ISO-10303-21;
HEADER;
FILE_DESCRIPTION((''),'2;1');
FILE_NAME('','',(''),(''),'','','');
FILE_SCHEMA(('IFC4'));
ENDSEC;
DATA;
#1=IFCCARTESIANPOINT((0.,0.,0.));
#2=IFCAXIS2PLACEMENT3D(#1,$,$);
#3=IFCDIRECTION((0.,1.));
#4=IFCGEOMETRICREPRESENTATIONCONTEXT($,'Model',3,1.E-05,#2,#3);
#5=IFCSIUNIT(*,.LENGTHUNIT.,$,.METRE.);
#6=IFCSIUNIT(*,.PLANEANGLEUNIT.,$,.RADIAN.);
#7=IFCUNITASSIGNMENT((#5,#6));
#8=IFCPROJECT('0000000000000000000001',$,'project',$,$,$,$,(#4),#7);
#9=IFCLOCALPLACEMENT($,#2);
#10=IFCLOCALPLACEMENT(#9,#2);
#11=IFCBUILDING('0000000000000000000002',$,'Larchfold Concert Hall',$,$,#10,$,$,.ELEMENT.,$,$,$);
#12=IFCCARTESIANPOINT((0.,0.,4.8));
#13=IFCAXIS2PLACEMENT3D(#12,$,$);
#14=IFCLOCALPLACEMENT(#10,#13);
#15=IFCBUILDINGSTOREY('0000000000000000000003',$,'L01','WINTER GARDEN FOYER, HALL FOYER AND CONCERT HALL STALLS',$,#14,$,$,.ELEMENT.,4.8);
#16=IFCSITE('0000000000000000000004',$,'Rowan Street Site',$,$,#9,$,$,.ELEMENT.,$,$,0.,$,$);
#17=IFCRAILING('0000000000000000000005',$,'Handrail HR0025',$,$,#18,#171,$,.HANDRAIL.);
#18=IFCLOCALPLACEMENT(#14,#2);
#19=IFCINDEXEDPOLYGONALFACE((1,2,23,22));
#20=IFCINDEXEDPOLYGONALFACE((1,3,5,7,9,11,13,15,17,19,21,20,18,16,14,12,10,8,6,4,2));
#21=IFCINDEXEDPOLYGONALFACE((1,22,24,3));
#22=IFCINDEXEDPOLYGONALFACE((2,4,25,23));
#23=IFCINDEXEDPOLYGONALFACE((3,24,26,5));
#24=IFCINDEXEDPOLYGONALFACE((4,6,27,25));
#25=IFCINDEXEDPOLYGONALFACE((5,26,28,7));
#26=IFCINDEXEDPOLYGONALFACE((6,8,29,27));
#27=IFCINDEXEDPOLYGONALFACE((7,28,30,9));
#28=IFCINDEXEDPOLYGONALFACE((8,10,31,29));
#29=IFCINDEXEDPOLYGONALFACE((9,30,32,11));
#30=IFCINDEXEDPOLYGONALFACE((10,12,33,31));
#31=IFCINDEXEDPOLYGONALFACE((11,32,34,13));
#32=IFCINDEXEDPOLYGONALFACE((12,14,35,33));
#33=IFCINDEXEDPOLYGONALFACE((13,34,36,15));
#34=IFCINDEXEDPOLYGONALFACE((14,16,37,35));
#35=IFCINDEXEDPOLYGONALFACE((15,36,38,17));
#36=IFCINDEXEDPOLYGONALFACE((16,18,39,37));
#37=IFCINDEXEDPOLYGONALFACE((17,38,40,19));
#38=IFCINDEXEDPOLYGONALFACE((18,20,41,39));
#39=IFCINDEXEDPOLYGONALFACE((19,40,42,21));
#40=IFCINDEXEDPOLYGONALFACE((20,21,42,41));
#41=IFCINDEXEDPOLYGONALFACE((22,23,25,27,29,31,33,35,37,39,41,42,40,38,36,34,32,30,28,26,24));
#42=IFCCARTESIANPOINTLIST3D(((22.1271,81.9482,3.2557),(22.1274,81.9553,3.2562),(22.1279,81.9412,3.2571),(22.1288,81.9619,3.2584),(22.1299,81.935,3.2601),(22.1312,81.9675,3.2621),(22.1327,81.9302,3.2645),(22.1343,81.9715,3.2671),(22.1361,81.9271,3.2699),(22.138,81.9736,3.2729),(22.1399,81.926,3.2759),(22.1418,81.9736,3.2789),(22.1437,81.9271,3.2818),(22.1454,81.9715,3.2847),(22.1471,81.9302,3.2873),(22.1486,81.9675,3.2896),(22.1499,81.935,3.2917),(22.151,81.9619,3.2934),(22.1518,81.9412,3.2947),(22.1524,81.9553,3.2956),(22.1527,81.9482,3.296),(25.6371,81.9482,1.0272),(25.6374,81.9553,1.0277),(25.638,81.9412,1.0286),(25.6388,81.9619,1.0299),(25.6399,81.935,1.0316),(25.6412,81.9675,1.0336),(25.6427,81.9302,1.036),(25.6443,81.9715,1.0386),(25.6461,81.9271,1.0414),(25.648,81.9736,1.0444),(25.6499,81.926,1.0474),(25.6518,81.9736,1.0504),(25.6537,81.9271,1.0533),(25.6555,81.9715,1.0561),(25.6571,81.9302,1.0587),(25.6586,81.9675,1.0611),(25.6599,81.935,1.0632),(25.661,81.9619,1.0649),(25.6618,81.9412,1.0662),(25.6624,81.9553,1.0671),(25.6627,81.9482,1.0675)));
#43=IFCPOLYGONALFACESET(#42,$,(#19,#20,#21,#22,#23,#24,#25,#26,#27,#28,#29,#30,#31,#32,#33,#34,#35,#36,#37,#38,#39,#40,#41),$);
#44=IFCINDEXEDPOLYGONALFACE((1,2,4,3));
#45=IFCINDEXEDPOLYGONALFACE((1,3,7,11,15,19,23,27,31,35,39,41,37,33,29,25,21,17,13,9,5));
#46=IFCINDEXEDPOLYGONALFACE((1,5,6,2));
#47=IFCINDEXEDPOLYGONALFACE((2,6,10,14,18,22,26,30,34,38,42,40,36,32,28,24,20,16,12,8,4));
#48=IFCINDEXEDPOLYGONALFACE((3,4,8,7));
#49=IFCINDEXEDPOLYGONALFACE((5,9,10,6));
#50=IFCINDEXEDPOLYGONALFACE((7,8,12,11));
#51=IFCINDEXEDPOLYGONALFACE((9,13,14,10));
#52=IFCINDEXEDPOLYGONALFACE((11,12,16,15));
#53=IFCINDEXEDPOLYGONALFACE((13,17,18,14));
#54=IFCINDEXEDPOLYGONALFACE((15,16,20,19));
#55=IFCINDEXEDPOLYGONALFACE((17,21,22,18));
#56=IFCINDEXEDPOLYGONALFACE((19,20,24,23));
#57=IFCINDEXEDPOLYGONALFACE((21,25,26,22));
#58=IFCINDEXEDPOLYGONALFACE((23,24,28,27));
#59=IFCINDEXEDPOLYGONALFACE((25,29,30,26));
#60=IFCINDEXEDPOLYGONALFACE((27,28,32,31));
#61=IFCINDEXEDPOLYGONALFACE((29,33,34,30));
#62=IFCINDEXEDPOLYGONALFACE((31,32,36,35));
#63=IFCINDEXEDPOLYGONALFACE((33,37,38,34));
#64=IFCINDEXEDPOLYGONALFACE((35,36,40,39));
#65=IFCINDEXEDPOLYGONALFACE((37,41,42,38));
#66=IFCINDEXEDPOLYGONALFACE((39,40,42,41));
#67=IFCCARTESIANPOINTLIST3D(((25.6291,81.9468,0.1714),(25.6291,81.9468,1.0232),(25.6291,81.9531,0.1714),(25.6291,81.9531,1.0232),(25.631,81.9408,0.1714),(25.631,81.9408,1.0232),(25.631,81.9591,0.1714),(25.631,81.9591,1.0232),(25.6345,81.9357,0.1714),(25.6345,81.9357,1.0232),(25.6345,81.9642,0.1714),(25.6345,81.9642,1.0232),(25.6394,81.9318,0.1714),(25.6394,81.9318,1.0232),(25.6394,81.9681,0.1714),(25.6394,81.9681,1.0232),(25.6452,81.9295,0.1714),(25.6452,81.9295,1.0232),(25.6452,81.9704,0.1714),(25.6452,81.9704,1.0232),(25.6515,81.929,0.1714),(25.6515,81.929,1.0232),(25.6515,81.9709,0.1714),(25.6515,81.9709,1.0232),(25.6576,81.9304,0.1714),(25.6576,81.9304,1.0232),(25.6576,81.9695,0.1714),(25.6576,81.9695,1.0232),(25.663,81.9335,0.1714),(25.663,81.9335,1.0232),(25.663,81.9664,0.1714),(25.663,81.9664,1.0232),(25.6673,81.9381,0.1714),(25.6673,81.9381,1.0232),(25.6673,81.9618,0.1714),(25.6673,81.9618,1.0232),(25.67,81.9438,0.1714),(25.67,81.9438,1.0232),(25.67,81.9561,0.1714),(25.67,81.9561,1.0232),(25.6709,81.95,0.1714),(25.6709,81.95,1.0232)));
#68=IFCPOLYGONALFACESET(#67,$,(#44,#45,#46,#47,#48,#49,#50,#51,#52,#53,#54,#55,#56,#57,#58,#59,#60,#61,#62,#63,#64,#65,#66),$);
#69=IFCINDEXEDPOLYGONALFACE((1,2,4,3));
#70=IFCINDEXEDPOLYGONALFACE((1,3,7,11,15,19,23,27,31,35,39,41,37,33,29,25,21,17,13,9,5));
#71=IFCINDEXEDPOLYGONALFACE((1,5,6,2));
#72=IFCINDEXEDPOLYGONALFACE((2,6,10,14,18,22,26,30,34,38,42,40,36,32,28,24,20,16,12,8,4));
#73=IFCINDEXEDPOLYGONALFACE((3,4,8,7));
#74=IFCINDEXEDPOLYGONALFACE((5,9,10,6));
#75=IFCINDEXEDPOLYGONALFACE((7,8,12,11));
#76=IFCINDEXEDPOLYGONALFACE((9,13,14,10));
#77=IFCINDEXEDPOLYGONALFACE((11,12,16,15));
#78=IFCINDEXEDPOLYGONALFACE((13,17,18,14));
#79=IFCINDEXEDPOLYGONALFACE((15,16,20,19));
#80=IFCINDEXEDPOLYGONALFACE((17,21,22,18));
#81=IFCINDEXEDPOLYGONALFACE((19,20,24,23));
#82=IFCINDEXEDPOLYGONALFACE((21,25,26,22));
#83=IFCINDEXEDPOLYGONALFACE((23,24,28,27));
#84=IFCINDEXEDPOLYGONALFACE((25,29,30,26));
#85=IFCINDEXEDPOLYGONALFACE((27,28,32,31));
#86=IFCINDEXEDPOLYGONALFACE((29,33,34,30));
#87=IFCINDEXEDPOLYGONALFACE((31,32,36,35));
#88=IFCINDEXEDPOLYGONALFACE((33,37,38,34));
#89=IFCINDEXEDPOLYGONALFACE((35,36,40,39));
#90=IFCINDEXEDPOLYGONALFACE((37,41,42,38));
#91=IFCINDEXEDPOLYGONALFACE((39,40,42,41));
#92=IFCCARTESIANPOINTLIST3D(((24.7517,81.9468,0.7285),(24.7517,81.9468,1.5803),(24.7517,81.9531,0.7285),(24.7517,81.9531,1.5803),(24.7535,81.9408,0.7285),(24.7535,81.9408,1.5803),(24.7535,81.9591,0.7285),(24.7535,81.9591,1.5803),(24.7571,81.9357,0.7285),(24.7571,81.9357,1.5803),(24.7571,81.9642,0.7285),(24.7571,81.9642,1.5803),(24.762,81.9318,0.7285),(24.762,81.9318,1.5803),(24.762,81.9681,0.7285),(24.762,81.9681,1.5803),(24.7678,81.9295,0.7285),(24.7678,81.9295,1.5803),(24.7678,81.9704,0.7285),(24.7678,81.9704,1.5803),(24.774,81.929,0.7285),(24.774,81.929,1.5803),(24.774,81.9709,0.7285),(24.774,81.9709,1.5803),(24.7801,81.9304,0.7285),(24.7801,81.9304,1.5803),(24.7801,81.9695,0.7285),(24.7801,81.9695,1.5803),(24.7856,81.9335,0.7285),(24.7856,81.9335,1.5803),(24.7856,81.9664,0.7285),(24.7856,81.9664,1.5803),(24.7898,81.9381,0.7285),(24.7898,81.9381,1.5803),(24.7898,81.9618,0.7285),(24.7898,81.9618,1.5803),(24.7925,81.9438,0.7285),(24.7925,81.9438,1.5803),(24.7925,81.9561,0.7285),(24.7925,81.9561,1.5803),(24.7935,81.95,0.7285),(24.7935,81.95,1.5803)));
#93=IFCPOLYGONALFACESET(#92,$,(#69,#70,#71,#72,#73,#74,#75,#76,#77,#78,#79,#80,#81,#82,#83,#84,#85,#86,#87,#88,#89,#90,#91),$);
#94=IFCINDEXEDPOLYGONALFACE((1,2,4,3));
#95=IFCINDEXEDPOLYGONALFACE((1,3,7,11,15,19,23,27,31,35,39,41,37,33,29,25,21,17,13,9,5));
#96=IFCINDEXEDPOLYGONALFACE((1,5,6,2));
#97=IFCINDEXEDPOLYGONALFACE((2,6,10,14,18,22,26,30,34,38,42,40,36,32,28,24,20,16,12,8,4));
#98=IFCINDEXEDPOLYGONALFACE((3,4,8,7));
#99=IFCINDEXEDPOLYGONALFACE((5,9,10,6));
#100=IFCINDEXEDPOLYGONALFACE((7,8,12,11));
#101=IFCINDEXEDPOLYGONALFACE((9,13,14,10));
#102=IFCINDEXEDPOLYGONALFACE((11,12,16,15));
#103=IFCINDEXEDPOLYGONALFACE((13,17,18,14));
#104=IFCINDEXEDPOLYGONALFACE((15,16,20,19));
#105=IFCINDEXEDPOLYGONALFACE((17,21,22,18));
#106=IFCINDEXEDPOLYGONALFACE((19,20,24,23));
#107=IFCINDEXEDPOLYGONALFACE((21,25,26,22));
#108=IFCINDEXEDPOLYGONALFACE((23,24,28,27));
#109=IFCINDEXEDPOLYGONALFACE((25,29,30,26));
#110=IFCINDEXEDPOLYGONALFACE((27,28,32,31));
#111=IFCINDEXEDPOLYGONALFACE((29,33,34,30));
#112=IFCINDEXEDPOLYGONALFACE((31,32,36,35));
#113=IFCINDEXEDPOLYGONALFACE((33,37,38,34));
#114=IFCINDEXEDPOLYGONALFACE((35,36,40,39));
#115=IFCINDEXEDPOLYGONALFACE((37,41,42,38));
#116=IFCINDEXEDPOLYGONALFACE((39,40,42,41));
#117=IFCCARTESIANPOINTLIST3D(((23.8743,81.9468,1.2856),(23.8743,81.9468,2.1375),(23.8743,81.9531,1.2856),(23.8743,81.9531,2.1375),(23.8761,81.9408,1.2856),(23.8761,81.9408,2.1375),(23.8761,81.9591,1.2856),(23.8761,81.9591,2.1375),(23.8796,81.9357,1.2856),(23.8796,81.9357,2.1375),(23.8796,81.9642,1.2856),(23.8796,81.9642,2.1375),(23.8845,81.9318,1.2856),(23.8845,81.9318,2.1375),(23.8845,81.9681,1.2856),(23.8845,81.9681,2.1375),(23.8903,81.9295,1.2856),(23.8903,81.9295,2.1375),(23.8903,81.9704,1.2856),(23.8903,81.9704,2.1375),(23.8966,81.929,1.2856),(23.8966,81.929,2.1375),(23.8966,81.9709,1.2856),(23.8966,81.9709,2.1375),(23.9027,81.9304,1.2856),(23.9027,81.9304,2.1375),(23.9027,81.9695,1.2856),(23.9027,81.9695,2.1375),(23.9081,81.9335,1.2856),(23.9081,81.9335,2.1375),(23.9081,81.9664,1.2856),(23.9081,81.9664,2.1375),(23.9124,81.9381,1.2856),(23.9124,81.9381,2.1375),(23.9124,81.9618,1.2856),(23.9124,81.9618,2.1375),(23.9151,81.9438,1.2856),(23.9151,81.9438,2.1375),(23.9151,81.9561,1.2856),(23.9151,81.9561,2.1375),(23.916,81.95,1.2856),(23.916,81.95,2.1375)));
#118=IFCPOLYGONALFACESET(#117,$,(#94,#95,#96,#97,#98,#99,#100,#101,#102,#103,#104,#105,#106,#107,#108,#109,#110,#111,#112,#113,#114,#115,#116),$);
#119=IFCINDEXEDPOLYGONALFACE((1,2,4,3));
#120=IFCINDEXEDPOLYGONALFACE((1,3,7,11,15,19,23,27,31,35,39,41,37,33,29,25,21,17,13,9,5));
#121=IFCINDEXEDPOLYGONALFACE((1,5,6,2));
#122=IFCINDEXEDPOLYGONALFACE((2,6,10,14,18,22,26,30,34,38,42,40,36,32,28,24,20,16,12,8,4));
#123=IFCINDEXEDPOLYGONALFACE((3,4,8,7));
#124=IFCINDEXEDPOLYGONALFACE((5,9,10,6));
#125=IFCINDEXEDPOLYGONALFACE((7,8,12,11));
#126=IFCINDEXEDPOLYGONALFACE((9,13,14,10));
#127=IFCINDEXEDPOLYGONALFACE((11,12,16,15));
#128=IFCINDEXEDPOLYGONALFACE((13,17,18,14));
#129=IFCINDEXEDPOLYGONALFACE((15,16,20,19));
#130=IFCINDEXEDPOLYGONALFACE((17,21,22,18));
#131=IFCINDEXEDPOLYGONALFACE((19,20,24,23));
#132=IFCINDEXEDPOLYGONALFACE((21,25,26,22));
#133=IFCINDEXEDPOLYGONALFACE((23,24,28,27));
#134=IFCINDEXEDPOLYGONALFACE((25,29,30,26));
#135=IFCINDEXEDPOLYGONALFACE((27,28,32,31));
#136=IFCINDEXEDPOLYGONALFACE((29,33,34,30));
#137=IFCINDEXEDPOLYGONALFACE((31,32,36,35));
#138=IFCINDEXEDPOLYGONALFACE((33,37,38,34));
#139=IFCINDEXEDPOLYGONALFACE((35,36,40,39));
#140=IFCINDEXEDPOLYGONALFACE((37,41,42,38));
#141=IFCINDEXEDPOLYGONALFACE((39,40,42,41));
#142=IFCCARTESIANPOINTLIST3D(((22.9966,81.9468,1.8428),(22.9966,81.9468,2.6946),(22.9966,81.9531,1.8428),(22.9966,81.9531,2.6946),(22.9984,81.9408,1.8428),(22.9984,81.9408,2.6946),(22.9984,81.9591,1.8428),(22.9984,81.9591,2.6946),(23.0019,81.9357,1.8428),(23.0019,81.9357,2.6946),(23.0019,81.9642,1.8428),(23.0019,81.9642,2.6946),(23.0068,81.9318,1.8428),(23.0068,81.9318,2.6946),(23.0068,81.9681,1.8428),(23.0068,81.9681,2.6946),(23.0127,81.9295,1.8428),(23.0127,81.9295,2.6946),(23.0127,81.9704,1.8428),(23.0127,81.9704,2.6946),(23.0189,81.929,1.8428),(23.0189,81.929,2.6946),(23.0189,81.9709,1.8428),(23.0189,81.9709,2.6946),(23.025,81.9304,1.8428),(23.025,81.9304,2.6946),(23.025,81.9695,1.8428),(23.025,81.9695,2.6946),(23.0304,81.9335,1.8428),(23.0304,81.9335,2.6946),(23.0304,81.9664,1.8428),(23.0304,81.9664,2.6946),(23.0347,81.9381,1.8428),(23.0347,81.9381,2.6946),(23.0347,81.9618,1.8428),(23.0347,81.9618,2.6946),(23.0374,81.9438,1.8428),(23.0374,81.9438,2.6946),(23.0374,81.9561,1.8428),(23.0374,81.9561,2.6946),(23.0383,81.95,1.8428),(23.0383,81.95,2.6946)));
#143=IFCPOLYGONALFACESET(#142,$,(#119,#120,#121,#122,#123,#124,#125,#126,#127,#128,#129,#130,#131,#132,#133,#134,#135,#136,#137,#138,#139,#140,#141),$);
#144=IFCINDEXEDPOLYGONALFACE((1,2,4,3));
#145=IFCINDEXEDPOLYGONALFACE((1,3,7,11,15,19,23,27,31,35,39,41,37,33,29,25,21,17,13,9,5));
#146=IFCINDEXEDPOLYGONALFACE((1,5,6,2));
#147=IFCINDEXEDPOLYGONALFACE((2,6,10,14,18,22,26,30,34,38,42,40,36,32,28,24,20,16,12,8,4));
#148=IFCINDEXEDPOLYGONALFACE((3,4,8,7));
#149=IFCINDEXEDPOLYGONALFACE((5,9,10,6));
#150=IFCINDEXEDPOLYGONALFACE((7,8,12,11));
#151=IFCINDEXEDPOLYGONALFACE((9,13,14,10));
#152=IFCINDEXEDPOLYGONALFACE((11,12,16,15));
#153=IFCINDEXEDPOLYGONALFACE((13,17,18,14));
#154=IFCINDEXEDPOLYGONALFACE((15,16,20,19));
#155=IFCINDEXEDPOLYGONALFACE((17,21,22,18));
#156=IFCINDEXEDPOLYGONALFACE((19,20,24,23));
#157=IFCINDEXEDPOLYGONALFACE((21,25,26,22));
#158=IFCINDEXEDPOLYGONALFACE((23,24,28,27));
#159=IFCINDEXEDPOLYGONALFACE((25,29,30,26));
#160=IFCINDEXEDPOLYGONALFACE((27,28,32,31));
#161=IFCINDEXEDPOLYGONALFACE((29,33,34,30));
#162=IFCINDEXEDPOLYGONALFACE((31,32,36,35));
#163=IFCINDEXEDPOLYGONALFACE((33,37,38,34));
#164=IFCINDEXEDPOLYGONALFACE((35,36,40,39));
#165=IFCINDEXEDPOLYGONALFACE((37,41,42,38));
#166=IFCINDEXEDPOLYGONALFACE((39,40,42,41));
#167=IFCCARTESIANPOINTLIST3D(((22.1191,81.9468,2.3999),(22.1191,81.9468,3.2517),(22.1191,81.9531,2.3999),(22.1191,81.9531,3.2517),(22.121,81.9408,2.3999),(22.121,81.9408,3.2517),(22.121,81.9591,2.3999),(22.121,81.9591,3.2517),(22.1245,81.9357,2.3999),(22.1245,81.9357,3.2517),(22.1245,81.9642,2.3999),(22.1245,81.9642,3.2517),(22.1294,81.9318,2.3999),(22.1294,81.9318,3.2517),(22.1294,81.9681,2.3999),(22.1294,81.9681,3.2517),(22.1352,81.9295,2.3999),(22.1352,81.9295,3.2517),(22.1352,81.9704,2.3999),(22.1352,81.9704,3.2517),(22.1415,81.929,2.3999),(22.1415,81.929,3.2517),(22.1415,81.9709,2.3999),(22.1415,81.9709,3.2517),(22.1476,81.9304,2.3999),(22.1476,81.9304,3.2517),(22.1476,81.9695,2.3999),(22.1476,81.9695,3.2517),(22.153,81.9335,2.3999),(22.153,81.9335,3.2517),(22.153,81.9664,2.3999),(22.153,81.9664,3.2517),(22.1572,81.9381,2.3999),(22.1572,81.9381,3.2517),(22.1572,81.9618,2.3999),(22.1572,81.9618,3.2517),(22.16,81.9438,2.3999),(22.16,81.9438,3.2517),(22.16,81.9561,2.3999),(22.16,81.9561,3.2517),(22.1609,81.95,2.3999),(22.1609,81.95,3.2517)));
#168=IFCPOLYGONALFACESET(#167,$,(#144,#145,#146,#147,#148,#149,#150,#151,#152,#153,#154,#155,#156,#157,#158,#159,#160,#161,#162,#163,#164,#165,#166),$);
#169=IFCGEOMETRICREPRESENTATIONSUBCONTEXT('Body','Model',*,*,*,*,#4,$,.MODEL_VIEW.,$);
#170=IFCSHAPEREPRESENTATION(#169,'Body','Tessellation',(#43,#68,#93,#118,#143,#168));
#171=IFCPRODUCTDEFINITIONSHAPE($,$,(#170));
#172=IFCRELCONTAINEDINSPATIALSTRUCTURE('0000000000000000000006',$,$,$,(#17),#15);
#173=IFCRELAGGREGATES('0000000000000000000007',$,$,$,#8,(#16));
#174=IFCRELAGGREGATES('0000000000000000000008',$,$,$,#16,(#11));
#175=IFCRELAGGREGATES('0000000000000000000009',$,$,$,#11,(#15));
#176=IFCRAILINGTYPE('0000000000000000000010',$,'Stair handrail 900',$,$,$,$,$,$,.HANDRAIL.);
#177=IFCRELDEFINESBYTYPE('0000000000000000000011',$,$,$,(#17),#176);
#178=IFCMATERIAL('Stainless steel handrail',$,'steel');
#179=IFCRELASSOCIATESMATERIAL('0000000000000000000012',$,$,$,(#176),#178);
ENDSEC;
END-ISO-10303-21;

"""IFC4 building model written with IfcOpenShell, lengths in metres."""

from ifc_helpers import new_model, si_unit, direction, frame, origin, origin_2d, place, context, subcontext, project, spatial, circle, extrude, material, type_object, element, save


model = new_model("IFC4")

# Units and contexts
model_context = context("Model", 3, precision=1e-05, world=origin(), true_north=direction((0.0, 1.0)))
body_context = subcontext(model_context, "Body", "Model", "MODEL_VIEW")
ifc_project = project(units=[si_unit("LENGTHUNIT", "METRE"), si_unit("PLANEANGLEUNIT", "RADIAN")], contexts=[model_context])

# Site, building, storey
site_placement = place(None, origin())
site = spatial("IfcSite", under=ifc_project, at=site_placement, Name="Rowan Street Site", CompositionType="ELEMENT", RefElevation=0.0)
building_placement = place(site_placement, origin())
building = spatial("IfcBuilding", under=site, at=building_placement, Name="Larchfold Concert Hall", CompositionType="ELEMENT")
storey_placement = place(building_placement, frame((0.0, 0.0, 4.8)))
storey = spatial("IfcBuildingStorey", under=building, at=storey_placement, Name="L01", Description="WINTER GARDEN FOYER, HALL FOYER AND CONCERT HALL STALLS", CompositionType="ELEMENT", Elevation=4.8)

# Railing
ifc_material_1 = material(Name="Stainless steel handrail", Category="steel")
railing_type = type_object("IfcRailingType", Name="Stair handrail 900", PredefinedType="HANDRAIL", material=ifc_material_1)
for number, where, name in (
    (1, (25.6499, 81.95, 0.1714), "Handrail HR0025"),
):
    element("IfcRailing", number, at=place(storey_placement, frame(where)), inside=storey, type_object=railing_type, Name=name, PredefinedType="HANDRAIL", context=body_context, shape_type="SweptSolid", body=[
        extrude(circle(Radius=0.0239, at=origin_2d()), frame((0.0, 0.0, 0.876), z_axis=(-0.84422, 0.0, 0.535998), x_axis=(0.0, -1.0, 0.0)), (0.0, 0.0, 1.0), 4.1577),
        extrude(circle(Radius=0.021, at=origin_2d()), origin(), (0.0, 0.0, 1.0), 0.8518),
        extrude(circle(Radius=0.021, at=origin_2d()), frame((-0.8774, 0.0, 0.5571)), (0.0, 0.0, 1.0), 0.8518),
        extrude(circle(Radius=0.021, at=origin_2d()), frame((-1.7549, 0.0, 1.1143)), (0.0, 0.0, 1.0), 0.8518),
        extrude(circle(Radius=0.021, at=origin_2d()), frame((-2.6326, 0.0, 1.6714)), (0.0, 0.0, 1.0), 0.8518),
        extrude(circle(Radius=0.021, at=origin_2d()), frame((-3.51, 0.0, 2.2285)), (0.0, 0.0, 1.0), 0.8518),
    ])

save(model, "model.ifc")
